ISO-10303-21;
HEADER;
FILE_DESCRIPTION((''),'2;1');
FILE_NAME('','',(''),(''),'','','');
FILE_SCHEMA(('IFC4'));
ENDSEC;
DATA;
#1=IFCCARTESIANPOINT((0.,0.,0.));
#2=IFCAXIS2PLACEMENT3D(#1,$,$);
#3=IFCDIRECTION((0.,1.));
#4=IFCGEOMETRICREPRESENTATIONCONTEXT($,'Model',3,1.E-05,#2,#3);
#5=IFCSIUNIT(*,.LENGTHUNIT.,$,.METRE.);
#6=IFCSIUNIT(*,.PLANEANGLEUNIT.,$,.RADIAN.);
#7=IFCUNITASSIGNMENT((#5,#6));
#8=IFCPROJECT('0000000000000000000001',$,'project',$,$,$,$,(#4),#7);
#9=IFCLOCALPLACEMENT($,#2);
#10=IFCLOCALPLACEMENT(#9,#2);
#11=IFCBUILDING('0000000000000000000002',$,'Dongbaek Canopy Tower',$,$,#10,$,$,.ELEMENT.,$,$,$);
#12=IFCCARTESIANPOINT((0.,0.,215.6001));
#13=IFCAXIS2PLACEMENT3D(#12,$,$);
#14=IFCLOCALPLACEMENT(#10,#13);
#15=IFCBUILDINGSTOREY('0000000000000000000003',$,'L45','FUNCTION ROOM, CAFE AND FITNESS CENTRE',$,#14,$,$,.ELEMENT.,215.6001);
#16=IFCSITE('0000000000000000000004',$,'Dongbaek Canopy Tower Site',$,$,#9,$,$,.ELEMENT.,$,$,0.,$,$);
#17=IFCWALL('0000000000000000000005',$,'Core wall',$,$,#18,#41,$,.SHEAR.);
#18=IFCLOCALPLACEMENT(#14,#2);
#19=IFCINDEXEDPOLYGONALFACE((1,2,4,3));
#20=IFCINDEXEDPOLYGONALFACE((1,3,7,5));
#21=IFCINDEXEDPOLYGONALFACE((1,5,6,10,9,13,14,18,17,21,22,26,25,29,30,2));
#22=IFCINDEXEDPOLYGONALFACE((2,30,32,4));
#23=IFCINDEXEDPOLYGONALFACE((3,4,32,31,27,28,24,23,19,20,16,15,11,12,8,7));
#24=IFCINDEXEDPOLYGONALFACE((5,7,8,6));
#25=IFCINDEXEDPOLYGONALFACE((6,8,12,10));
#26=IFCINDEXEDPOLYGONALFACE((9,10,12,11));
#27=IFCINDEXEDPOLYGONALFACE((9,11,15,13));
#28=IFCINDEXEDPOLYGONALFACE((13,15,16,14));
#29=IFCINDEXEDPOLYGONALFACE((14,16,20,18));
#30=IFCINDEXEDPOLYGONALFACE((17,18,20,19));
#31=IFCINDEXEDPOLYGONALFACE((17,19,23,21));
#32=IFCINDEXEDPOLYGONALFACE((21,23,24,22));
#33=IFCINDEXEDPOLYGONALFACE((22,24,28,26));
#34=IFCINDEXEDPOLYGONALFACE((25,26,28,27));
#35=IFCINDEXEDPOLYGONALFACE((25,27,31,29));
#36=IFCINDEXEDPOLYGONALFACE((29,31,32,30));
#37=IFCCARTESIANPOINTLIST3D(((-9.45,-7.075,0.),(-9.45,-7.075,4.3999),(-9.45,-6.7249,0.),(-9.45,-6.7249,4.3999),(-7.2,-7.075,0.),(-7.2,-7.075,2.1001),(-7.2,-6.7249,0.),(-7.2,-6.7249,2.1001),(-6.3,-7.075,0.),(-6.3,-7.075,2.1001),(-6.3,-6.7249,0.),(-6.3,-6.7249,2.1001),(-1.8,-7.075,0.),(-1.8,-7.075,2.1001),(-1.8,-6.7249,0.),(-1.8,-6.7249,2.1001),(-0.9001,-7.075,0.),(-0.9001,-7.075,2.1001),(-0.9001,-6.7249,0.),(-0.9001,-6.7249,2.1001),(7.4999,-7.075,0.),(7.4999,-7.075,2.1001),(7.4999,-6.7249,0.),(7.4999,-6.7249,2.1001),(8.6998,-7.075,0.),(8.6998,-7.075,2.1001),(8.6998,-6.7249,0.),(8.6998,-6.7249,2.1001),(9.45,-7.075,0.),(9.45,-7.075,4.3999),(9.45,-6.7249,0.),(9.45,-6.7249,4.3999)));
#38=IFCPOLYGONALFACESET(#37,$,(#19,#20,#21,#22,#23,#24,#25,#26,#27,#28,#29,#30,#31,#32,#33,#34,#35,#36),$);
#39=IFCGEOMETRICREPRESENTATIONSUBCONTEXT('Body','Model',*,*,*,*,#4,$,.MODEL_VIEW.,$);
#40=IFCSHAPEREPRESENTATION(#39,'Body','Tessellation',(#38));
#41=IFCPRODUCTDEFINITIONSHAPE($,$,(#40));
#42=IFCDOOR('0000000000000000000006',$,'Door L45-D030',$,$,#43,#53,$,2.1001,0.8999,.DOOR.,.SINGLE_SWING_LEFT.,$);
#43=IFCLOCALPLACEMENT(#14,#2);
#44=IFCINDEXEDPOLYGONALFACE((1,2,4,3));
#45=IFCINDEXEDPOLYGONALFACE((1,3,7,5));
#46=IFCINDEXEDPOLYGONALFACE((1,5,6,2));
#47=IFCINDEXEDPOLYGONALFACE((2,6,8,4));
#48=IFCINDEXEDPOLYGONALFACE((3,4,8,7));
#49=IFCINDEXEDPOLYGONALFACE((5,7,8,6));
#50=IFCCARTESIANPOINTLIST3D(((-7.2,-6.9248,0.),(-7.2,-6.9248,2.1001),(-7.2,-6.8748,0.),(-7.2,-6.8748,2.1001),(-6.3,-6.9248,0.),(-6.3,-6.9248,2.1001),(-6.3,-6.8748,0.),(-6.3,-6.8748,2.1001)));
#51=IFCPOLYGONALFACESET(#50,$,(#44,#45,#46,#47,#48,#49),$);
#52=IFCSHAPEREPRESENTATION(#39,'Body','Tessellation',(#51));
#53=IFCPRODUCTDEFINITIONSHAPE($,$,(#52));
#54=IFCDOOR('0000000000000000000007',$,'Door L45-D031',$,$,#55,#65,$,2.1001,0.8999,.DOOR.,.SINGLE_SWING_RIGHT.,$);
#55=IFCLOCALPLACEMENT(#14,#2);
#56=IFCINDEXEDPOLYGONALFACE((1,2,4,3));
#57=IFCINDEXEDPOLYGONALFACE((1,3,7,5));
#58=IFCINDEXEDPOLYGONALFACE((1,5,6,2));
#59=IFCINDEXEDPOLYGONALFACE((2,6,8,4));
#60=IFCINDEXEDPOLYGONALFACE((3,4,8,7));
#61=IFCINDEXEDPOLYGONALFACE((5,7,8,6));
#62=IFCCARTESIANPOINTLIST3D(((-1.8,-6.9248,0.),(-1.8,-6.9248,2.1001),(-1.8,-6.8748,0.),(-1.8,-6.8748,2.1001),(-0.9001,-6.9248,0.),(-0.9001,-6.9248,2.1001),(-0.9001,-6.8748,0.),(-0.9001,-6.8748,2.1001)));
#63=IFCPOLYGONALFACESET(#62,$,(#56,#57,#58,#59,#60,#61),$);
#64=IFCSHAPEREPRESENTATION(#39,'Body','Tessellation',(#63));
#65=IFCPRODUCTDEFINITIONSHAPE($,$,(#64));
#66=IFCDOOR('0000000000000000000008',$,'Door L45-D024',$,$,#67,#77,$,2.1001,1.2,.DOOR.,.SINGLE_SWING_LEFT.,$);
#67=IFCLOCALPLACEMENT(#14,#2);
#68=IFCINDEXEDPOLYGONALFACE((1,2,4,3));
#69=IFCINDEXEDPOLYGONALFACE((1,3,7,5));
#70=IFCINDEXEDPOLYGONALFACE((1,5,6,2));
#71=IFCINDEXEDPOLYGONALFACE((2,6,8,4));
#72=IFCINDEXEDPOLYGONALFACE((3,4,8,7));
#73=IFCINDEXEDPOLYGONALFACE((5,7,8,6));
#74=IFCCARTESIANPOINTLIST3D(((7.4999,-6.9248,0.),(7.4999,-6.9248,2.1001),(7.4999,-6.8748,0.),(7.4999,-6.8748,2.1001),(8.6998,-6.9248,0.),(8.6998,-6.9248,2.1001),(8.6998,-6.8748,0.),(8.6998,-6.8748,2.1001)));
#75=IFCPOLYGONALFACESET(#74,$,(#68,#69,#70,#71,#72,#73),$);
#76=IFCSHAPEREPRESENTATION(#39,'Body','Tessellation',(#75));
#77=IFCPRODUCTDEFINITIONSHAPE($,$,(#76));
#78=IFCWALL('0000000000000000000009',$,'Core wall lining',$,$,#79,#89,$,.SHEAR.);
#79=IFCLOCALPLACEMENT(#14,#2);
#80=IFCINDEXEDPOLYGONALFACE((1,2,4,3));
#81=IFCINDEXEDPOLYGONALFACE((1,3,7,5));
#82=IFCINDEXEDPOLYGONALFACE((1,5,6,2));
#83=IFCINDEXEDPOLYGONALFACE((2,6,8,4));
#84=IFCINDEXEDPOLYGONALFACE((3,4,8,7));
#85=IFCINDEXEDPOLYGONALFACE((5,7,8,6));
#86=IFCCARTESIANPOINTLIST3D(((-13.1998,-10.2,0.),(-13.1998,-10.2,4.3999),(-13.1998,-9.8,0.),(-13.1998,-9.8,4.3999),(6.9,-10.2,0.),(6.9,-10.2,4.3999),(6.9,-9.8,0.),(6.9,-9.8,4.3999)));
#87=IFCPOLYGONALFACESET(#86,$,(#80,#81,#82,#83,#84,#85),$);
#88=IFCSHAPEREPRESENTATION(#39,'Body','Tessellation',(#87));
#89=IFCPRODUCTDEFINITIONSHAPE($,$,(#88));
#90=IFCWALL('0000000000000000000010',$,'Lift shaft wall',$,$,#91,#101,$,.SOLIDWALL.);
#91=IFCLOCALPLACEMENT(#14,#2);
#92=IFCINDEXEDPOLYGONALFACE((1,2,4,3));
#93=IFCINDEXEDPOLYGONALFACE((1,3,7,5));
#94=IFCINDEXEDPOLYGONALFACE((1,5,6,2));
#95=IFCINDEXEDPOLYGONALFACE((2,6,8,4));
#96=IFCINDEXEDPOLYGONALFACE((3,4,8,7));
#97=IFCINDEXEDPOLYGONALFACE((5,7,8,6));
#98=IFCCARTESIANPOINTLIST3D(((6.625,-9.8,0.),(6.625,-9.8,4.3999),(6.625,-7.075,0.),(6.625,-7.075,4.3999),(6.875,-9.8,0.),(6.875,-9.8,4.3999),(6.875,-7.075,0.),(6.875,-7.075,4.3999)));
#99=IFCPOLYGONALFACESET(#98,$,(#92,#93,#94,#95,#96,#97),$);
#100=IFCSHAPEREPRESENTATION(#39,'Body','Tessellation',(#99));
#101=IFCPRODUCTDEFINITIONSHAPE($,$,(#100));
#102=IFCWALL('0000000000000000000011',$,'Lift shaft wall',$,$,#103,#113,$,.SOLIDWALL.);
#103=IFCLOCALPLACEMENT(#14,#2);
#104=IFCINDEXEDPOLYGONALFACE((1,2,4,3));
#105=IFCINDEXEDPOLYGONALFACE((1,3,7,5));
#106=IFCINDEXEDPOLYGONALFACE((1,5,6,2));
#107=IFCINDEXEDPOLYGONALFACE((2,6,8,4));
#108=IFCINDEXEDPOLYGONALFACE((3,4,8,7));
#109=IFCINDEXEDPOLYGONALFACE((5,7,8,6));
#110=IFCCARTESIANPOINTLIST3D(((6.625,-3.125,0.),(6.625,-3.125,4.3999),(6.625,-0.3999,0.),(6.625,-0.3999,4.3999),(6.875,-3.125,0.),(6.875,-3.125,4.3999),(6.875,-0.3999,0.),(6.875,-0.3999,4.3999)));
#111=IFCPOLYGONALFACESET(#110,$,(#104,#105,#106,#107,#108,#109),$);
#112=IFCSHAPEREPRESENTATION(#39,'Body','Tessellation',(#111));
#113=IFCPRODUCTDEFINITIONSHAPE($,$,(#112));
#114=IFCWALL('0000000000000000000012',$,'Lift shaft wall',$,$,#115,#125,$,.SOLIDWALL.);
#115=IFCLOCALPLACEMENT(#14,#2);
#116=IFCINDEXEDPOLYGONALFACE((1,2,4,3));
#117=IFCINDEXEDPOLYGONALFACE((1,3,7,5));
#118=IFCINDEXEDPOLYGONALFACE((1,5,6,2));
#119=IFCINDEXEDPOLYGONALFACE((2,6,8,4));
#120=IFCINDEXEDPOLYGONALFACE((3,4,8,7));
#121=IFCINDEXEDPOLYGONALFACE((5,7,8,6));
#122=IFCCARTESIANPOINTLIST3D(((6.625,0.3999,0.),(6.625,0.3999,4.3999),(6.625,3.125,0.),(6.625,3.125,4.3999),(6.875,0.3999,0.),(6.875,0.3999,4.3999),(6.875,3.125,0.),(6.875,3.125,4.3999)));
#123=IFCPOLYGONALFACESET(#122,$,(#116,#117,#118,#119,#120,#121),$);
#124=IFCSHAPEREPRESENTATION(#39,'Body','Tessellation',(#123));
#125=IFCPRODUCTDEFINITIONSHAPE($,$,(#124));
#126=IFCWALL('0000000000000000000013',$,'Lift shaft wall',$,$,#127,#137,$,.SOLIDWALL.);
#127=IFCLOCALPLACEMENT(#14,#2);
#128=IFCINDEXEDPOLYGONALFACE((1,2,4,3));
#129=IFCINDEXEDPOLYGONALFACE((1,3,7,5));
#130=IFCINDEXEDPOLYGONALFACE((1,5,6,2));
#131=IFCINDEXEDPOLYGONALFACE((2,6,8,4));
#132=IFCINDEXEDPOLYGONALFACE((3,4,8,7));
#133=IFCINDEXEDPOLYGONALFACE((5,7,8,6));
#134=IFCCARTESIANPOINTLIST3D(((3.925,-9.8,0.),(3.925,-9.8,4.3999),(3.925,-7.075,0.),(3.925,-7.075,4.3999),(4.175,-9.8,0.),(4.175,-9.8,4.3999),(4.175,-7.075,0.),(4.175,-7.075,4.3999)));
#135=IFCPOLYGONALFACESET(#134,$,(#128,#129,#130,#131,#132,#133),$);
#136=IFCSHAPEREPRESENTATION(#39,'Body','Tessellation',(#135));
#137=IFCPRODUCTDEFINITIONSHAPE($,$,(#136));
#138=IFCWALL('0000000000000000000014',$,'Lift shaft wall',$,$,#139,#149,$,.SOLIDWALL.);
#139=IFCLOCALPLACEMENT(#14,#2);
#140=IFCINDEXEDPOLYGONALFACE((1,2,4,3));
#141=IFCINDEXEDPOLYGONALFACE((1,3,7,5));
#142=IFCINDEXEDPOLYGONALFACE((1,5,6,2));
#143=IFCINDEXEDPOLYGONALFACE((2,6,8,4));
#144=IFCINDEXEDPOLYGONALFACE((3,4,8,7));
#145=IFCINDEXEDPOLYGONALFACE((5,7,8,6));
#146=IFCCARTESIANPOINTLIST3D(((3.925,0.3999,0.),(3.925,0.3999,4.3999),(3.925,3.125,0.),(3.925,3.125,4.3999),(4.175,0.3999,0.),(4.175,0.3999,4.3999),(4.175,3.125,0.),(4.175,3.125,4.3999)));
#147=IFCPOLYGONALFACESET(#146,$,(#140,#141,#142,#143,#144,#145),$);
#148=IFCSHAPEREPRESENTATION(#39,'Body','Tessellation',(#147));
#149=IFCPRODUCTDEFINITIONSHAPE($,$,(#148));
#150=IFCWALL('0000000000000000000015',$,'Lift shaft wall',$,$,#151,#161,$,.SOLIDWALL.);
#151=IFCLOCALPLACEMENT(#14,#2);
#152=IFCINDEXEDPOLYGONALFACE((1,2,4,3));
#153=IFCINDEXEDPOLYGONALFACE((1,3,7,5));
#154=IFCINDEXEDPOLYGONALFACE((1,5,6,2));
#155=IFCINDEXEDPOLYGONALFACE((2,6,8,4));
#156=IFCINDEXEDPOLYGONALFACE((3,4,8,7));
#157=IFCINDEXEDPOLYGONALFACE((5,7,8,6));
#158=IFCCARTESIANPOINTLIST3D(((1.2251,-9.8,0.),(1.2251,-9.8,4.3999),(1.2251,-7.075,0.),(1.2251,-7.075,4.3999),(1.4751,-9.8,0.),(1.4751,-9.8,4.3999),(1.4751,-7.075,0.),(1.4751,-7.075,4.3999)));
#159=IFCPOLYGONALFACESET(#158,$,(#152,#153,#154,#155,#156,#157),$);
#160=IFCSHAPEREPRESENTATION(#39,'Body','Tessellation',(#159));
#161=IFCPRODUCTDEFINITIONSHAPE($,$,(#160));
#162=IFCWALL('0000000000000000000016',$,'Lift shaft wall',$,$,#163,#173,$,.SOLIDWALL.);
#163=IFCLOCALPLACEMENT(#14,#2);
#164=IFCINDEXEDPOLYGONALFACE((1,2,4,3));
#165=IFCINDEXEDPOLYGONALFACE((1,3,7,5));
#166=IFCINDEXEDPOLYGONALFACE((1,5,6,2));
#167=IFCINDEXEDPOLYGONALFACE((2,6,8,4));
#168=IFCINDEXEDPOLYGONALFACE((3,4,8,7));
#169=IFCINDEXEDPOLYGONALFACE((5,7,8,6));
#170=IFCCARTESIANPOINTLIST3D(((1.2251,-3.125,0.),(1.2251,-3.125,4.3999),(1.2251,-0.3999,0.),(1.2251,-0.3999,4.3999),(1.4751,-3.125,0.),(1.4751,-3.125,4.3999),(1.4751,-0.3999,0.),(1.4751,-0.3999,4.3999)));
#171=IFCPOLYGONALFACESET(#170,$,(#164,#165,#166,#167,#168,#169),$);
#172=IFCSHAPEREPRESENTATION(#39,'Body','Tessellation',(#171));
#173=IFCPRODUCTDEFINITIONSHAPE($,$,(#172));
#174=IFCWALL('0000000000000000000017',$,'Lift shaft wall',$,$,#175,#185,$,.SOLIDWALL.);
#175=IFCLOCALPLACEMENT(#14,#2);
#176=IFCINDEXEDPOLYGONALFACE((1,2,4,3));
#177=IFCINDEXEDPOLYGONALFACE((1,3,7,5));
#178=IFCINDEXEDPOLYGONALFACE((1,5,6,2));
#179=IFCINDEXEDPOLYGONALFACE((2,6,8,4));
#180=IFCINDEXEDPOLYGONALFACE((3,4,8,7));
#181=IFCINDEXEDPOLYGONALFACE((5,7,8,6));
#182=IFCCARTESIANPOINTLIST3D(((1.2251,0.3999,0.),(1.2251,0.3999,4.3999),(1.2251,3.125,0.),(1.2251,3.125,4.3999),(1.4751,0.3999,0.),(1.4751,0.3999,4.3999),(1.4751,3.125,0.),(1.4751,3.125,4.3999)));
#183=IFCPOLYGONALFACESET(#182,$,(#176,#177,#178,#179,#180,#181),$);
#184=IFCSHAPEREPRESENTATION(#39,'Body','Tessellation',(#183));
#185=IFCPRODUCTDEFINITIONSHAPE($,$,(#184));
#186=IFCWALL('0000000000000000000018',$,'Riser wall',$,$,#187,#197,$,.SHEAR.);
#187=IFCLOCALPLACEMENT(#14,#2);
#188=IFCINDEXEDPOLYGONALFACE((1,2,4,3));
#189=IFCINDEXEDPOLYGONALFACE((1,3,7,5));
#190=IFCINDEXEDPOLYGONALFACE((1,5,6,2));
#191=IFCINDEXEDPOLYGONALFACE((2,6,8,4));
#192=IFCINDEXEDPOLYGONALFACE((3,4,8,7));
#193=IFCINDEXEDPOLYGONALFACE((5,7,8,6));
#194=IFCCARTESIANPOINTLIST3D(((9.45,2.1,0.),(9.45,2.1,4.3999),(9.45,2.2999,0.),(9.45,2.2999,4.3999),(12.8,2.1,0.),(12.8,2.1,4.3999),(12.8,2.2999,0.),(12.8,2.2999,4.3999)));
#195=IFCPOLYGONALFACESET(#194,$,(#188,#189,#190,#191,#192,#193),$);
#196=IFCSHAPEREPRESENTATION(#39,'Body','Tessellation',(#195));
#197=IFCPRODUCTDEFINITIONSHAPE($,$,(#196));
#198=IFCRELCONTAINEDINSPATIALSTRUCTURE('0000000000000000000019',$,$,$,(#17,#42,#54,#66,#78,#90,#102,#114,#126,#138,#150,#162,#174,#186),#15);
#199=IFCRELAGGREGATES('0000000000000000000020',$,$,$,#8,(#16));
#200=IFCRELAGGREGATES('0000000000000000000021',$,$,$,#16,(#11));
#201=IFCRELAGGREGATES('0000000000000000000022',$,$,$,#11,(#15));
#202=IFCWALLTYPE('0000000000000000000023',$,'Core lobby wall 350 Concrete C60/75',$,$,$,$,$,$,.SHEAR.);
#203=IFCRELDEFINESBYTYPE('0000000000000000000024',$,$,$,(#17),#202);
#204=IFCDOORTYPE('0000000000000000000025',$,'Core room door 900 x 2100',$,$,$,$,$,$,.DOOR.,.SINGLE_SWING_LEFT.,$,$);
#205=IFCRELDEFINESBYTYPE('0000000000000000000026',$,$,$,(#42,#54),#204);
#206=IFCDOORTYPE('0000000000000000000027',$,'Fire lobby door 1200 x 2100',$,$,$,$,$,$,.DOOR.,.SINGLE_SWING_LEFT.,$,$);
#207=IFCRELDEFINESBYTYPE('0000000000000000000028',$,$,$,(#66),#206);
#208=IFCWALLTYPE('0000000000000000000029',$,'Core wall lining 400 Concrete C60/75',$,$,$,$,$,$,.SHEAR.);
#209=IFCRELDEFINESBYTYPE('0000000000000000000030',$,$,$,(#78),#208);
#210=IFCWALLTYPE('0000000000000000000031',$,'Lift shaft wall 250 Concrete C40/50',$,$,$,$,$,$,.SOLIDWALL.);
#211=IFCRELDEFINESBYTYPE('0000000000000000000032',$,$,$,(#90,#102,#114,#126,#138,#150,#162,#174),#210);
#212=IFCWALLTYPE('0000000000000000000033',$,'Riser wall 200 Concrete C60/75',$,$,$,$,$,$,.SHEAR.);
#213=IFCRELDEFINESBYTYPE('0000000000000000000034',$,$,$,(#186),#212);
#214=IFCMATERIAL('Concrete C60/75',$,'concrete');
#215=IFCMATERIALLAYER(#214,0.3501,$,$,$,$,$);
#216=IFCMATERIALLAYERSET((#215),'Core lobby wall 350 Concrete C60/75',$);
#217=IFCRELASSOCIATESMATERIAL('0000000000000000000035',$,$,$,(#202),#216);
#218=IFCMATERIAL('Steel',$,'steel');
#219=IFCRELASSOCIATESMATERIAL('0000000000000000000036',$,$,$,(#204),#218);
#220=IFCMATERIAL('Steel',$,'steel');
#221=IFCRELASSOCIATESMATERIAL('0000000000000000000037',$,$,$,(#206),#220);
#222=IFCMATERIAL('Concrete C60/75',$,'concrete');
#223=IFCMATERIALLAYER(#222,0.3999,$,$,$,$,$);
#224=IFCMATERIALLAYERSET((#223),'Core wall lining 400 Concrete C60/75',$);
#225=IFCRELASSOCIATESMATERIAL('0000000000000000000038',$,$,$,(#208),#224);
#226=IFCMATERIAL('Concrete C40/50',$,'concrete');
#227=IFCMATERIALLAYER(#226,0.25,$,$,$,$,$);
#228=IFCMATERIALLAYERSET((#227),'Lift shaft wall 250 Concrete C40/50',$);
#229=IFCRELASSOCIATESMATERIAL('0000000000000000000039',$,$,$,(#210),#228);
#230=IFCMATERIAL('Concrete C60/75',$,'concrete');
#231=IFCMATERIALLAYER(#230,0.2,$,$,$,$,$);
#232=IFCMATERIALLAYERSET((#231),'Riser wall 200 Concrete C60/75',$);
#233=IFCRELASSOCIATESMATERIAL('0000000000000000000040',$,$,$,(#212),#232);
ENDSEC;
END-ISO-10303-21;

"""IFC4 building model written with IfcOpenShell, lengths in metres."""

from ifc_helpers import new_model, si_unit, direction, frame, frame_2d, origin, place, context, subcontext, project, spatial, rectangle, extrude, material, layer, layer_set, type_object, element, fill, save


model = new_model("IFC4")

# Units and contexts
model_context = context("Model", 3, precision=1e-05, world=origin(), true_north=direction((0.0, 1.0)))
body_context = subcontext(model_context, "Body", "Model", "MODEL_VIEW")
ifc_project = project(units=[si_unit("LENGTHUNIT", "METRE"), si_unit("PLANEANGLEUNIT", "RADIAN")], contexts=[model_context])

# Site, building, storey
site_placement = place(None, origin())
site = spatial("IfcSite", under=ifc_project, at=site_placement, Name="Dongbaek Canopy Tower Site", CompositionType="ELEMENT", RefElevation=0.0)
building_placement = place(site_placement, origin())
building = spatial("IfcBuilding", under=site, at=building_placement, Name="Dongbaek Canopy Tower", CompositionType="ELEMENT")
storey_placement = place(building_placement, frame((0.0, 0.0, 215.6001)))
storey = spatial("IfcBuildingStorey", under=building, at=storey_placement, Name="L45", Description="FUNCTION ROOM, CAFE AND FITNESS CENTRE", CompositionType="ELEMENT", Elevation=215.6001)

# Wall, openings, doors
ifc_material_1 = material(Name="Concrete C60/75", Category="concrete")
ifc_layer_1 = layer(ifc_material_1, 0.3501)
ifc_layer_set_1 = layer_set([ifc_layer_1], Name="Core lobby wall 350 Concrete C60/75")
wall_type_1 = type_object("IfcWallType", Name="Core lobby wall 350 Concrete C60/75", PredefinedType="SHEAR", material=ifc_layer_set_1)
wall_1_placement = place(storey_placement, frame((9.45, -6.8999, 0.0), z_axis=(0.0, 0.0, 1.0), x_axis=(-1.0, 0.0, 0.0)))
wall_1 = element("IfcWall", 1, at=wall_1_placement, inside=storey, type_object=wall_type_1, Name="Core wall", PredefinedType="SHEAR", context=body_context, shape_type="SweptSolid", body=[
    extrude(rectangle(XDim=18.8999, YDim=0.3501, at=frame_2d((9.45, 0.0))), origin(), (0.0, 0.0, 1.0), 4.3999),
])
opening_1_placement = place(wall_1_placement, frame((0.75, 0.0, 0.0)))
opening_1 = element("IfcOpeningElement", 2, at=opening_1_placement, cuts=wall_1, PredefinedType="OPENING", context=body_context, shape_type="SweptSolid", body=[
    extrude(rectangle(XDim=1.2, YDim=2.1001, at=frame_2d((0.6001, 1.05))), frame((0.0, 0.1851, 0.0), z_axis=(0.0, -1.0, 0.0), x_axis=(1.0, 0.0, 0.0)), (0.0, 0.0, 1.0), 0.3701),
])
opening_2_placement = place(wall_1_placement, frame((15.75, 0.0, 0.0)))
opening_2 = element("IfcOpeningElement", 3, at=opening_2_placement, cuts=wall_1, PredefinedType="OPENING", context=body_context, shape_type="SweptSolid", body=[
    extrude(rectangle(XDim=0.8999, YDim=2.1001, at=frame_2d((0.45, 1.05))), frame((0.0, 0.1851, 0.0), z_axis=(0.0, -1.0, 0.0), x_axis=(1.0, 0.0, 0.0)), (0.0, 0.0, 1.0), 0.3701),
])
opening_3_placement = place(wall_1_placement, frame((10.3501, 0.0, 0.0)))
opening_3 = element("IfcOpeningElement", 4, at=opening_3_placement, cuts=wall_1, PredefinedType="OPENING", context=body_context, shape_type="SweptSolid", body=[
    extrude(rectangle(XDim=0.8999, YDim=2.1001, at=frame_2d((0.45, 1.05))), frame((0.0, 0.1851, 0.0), z_axis=(0.0, -1.0, 0.0), x_axis=(1.0, 0.0, 0.0)), (0.0, 0.0, 1.0), 0.3701),
])
ifc_material_2 = material(Name="Steel", Category="steel")
door_type_1 = type_object("IfcDoorType", Name="Core room door 900 x 2100", OperationType="SINGLE_SWING_LEFT", PredefinedType="DOOR", material=ifc_material_2)
door_1_placement = place(opening_2_placement, origin())
door_1 = element("IfcDoor", 5, at=door_1_placement, inside=storey, type_object=door_type_1, Name="Door L45-D030", OperationType="SINGLE_SWING_LEFT", OverallHeight=2.1001, OverallWidth=0.8999, PredefinedType="DOOR", context=body_context, shape_type="SweptSolid", body=[
    extrude(rectangle(XDim=0.8999, YDim=2.1001, at=frame_2d((0.45, 1.05))), frame((0.0, 0.0249, 0.0), z_axis=(0.0, -1.0, 0.0), x_axis=(1.0, 0.0, 0.0)), (0.0, 0.0, 1.0), 0.05),
])
fill(opening_2, door_1)
door_2_placement = place(opening_3_placement, origin())
door_2 = element("IfcDoor", 6, at=door_2_placement, inside=storey, type_object=door_type_1, Name="Door L45-D031", OperationType="SINGLE_SWING_RIGHT", OverallHeight=2.1001, OverallWidth=0.8999, PredefinedType="DOOR", context=body_context, shape_type="SweptSolid", body=[
    extrude(rectangle(XDim=0.8999, YDim=2.1001, at=frame_2d((0.45, 1.05))), frame((0.0, 0.0249, 0.0), z_axis=(0.0, -1.0, 0.0), x_axis=(1.0, 0.0, 0.0)), (0.0, 0.0, 1.0), 0.05),
])
fill(opening_3, door_2)
ifc_material_3 = material(Name="Steel", Category="steel")
door_type_2 = type_object("IfcDoorType", Name="Fire lobby door 1200 x 2100", OperationType="SINGLE_SWING_LEFT", PredefinedType="DOOR", material=ifc_material_3)
door_3_placement = place(opening_1_placement, origin())
door_3 = element("IfcDoor", 7, at=door_3_placement, inside=storey, type_object=door_type_2, Name="Door L45-D024", OperationType="SINGLE_SWING_LEFT", OverallHeight=2.1001, OverallWidth=1.2, PredefinedType="DOOR", context=body_context, shape_type="SweptSolid", body=[
    extrude(rectangle(XDim=1.2, YDim=2.1001, at=frame_2d((0.6001, 1.05))), frame((0.0, 0.0249, 0.0), z_axis=(0.0, -1.0, 0.0), x_axis=(1.0, 0.0, 0.0)), (0.0, 0.0, 1.0), 0.05),
])
fill(opening_1, door_3)

# Walls
ifc_material_4 = material(Name="Concrete C60/75", Category="concrete")
ifc_layer_2 = layer(ifc_material_4, 0.3999)
ifc_layer_set_2 = layer_set([ifc_layer_2], Name="Core wall lining 400 Concrete C60/75")
wall_type_2 = type_object("IfcWallType", Name="Core wall lining 400 Concrete C60/75", PredefinedType="SHEAR", material=ifc_layer_set_2)
wall_2_placement = place(storey_placement, frame((6.8999, -10.0, 0.0), z_axis=(0.0, 0.0, 1.0), x_axis=(-1.0, 0.0, 0.0)))
element("IfcWall", 8, at=wall_2_placement, inside=storey, type_object=wall_type_2, Name="Core wall lining", PredefinedType="SHEAR", context=body_context, shape_type="SweptSolid", body=[
    extrude(rectangle(XDim=20.0999, YDim=0.3999, at=frame_2d((10.0498, 0.0))), origin(), (0.0, 0.0, 1.0), 4.3999),
])
ifc_material_5 = material(Name="Concrete C40/50", Category="concrete")
ifc_layer_3 = layer(ifc_material_5, 0.25)
ifc_layer_set_3 = layer_set([ifc_layer_3], Name="Lift shaft wall 250 Concrete C40/50")
wall_type_3 = type_object("IfcWallType", Name="Lift shaft wall 250 Concrete C40/50", PredefinedType="SOLIDWALL", material=ifc_layer_set_3)
for number, where, z_axis, x_axis, name in (
    (9, (6.75, -9.8, 0.0), (0.0, 0.0, 1.0), (0.0, 1.0, 0.0), "Lift shaft wall"),
    (10, (6.75, -3.125, 0.0), (0.0, 0.0, 1.0), (0.0, 1.0, 0.0), "Lift shaft wall"),
    (11, (6.75, 0.3999, 0.0), (0.0, 0.0, 1.0), (0.0, 1.0, 0.0), "Lift shaft wall"),
    (12, (4.05, -9.8, 0.0), (0.0, 0.0, 1.0), (0.0, 1.0, 0.0), "Lift shaft wall"),
    (13, (4.05, 0.3999, 0.0), (0.0, 0.0, 1.0), (0.0, 1.0, 0.0), "Lift shaft wall"),
    (14, (1.3501, -9.8, 0.0), (0.0, 0.0, 1.0), (0.0, 1.0, 0.0), "Lift shaft wall"),
    (15, (1.3501, -3.125, 0.0), (0.0, 0.0, 1.0), (0.0, 1.0, 0.0), "Lift shaft wall"),
    (16, (1.3501, 0.3999, 0.0), (0.0, 0.0, 1.0), (0.0, 1.0, 0.0), "Lift shaft wall"),
):
    element("IfcWall", number, at=place(storey_placement, frame(where, z_axis=z_axis, x_axis=x_axis)), inside=storey, type_object=wall_type_3, Name=name, PredefinedType="SOLIDWALL", context=body_context, shape_type="SweptSolid", body=[
        extrude(rectangle(XDim=2.7251, YDim=0.25, at=frame_2d((1.3625, 0.0))), origin(), (0.0, 0.0, 1.0), 4.3999),
    ])
ifc_material_6 = material(Name="Concrete C60/75", Category="concrete")
ifc_layer_4 = layer(ifc_material_6, 0.2)
ifc_layer_set_4 = layer_set([ifc_layer_4], Name="Riser wall 200 Concrete C60/75")
wall_type_4 = type_object("IfcWallType", Name="Riser wall 200 Concrete C60/75", PredefinedType="SHEAR", material=ifc_layer_set_4)
for number, where, z_axis, x_axis, name in (
    (17, (9.45, 2.2, 0.0), (0.0, 0.0, 1.0), (1.0, 0.0, 0.0), "Riser wall"),
):
    element("IfcWall", number, at=place(storey_placement, frame(where, z_axis=z_axis, x_axis=x_axis)), inside=storey, type_object=wall_type_4, Name=name, PredefinedType="SHEAR", context=body_context, shape_type="SweptSolid", body=[
        extrude(rectangle(XDim=3.3501, YDim=0.2, at=frame_2d((1.675, 0.0))), origin(), (0.0, 0.0, 1.0), 4.3999),
    ])

save(model, "model.ifc")
